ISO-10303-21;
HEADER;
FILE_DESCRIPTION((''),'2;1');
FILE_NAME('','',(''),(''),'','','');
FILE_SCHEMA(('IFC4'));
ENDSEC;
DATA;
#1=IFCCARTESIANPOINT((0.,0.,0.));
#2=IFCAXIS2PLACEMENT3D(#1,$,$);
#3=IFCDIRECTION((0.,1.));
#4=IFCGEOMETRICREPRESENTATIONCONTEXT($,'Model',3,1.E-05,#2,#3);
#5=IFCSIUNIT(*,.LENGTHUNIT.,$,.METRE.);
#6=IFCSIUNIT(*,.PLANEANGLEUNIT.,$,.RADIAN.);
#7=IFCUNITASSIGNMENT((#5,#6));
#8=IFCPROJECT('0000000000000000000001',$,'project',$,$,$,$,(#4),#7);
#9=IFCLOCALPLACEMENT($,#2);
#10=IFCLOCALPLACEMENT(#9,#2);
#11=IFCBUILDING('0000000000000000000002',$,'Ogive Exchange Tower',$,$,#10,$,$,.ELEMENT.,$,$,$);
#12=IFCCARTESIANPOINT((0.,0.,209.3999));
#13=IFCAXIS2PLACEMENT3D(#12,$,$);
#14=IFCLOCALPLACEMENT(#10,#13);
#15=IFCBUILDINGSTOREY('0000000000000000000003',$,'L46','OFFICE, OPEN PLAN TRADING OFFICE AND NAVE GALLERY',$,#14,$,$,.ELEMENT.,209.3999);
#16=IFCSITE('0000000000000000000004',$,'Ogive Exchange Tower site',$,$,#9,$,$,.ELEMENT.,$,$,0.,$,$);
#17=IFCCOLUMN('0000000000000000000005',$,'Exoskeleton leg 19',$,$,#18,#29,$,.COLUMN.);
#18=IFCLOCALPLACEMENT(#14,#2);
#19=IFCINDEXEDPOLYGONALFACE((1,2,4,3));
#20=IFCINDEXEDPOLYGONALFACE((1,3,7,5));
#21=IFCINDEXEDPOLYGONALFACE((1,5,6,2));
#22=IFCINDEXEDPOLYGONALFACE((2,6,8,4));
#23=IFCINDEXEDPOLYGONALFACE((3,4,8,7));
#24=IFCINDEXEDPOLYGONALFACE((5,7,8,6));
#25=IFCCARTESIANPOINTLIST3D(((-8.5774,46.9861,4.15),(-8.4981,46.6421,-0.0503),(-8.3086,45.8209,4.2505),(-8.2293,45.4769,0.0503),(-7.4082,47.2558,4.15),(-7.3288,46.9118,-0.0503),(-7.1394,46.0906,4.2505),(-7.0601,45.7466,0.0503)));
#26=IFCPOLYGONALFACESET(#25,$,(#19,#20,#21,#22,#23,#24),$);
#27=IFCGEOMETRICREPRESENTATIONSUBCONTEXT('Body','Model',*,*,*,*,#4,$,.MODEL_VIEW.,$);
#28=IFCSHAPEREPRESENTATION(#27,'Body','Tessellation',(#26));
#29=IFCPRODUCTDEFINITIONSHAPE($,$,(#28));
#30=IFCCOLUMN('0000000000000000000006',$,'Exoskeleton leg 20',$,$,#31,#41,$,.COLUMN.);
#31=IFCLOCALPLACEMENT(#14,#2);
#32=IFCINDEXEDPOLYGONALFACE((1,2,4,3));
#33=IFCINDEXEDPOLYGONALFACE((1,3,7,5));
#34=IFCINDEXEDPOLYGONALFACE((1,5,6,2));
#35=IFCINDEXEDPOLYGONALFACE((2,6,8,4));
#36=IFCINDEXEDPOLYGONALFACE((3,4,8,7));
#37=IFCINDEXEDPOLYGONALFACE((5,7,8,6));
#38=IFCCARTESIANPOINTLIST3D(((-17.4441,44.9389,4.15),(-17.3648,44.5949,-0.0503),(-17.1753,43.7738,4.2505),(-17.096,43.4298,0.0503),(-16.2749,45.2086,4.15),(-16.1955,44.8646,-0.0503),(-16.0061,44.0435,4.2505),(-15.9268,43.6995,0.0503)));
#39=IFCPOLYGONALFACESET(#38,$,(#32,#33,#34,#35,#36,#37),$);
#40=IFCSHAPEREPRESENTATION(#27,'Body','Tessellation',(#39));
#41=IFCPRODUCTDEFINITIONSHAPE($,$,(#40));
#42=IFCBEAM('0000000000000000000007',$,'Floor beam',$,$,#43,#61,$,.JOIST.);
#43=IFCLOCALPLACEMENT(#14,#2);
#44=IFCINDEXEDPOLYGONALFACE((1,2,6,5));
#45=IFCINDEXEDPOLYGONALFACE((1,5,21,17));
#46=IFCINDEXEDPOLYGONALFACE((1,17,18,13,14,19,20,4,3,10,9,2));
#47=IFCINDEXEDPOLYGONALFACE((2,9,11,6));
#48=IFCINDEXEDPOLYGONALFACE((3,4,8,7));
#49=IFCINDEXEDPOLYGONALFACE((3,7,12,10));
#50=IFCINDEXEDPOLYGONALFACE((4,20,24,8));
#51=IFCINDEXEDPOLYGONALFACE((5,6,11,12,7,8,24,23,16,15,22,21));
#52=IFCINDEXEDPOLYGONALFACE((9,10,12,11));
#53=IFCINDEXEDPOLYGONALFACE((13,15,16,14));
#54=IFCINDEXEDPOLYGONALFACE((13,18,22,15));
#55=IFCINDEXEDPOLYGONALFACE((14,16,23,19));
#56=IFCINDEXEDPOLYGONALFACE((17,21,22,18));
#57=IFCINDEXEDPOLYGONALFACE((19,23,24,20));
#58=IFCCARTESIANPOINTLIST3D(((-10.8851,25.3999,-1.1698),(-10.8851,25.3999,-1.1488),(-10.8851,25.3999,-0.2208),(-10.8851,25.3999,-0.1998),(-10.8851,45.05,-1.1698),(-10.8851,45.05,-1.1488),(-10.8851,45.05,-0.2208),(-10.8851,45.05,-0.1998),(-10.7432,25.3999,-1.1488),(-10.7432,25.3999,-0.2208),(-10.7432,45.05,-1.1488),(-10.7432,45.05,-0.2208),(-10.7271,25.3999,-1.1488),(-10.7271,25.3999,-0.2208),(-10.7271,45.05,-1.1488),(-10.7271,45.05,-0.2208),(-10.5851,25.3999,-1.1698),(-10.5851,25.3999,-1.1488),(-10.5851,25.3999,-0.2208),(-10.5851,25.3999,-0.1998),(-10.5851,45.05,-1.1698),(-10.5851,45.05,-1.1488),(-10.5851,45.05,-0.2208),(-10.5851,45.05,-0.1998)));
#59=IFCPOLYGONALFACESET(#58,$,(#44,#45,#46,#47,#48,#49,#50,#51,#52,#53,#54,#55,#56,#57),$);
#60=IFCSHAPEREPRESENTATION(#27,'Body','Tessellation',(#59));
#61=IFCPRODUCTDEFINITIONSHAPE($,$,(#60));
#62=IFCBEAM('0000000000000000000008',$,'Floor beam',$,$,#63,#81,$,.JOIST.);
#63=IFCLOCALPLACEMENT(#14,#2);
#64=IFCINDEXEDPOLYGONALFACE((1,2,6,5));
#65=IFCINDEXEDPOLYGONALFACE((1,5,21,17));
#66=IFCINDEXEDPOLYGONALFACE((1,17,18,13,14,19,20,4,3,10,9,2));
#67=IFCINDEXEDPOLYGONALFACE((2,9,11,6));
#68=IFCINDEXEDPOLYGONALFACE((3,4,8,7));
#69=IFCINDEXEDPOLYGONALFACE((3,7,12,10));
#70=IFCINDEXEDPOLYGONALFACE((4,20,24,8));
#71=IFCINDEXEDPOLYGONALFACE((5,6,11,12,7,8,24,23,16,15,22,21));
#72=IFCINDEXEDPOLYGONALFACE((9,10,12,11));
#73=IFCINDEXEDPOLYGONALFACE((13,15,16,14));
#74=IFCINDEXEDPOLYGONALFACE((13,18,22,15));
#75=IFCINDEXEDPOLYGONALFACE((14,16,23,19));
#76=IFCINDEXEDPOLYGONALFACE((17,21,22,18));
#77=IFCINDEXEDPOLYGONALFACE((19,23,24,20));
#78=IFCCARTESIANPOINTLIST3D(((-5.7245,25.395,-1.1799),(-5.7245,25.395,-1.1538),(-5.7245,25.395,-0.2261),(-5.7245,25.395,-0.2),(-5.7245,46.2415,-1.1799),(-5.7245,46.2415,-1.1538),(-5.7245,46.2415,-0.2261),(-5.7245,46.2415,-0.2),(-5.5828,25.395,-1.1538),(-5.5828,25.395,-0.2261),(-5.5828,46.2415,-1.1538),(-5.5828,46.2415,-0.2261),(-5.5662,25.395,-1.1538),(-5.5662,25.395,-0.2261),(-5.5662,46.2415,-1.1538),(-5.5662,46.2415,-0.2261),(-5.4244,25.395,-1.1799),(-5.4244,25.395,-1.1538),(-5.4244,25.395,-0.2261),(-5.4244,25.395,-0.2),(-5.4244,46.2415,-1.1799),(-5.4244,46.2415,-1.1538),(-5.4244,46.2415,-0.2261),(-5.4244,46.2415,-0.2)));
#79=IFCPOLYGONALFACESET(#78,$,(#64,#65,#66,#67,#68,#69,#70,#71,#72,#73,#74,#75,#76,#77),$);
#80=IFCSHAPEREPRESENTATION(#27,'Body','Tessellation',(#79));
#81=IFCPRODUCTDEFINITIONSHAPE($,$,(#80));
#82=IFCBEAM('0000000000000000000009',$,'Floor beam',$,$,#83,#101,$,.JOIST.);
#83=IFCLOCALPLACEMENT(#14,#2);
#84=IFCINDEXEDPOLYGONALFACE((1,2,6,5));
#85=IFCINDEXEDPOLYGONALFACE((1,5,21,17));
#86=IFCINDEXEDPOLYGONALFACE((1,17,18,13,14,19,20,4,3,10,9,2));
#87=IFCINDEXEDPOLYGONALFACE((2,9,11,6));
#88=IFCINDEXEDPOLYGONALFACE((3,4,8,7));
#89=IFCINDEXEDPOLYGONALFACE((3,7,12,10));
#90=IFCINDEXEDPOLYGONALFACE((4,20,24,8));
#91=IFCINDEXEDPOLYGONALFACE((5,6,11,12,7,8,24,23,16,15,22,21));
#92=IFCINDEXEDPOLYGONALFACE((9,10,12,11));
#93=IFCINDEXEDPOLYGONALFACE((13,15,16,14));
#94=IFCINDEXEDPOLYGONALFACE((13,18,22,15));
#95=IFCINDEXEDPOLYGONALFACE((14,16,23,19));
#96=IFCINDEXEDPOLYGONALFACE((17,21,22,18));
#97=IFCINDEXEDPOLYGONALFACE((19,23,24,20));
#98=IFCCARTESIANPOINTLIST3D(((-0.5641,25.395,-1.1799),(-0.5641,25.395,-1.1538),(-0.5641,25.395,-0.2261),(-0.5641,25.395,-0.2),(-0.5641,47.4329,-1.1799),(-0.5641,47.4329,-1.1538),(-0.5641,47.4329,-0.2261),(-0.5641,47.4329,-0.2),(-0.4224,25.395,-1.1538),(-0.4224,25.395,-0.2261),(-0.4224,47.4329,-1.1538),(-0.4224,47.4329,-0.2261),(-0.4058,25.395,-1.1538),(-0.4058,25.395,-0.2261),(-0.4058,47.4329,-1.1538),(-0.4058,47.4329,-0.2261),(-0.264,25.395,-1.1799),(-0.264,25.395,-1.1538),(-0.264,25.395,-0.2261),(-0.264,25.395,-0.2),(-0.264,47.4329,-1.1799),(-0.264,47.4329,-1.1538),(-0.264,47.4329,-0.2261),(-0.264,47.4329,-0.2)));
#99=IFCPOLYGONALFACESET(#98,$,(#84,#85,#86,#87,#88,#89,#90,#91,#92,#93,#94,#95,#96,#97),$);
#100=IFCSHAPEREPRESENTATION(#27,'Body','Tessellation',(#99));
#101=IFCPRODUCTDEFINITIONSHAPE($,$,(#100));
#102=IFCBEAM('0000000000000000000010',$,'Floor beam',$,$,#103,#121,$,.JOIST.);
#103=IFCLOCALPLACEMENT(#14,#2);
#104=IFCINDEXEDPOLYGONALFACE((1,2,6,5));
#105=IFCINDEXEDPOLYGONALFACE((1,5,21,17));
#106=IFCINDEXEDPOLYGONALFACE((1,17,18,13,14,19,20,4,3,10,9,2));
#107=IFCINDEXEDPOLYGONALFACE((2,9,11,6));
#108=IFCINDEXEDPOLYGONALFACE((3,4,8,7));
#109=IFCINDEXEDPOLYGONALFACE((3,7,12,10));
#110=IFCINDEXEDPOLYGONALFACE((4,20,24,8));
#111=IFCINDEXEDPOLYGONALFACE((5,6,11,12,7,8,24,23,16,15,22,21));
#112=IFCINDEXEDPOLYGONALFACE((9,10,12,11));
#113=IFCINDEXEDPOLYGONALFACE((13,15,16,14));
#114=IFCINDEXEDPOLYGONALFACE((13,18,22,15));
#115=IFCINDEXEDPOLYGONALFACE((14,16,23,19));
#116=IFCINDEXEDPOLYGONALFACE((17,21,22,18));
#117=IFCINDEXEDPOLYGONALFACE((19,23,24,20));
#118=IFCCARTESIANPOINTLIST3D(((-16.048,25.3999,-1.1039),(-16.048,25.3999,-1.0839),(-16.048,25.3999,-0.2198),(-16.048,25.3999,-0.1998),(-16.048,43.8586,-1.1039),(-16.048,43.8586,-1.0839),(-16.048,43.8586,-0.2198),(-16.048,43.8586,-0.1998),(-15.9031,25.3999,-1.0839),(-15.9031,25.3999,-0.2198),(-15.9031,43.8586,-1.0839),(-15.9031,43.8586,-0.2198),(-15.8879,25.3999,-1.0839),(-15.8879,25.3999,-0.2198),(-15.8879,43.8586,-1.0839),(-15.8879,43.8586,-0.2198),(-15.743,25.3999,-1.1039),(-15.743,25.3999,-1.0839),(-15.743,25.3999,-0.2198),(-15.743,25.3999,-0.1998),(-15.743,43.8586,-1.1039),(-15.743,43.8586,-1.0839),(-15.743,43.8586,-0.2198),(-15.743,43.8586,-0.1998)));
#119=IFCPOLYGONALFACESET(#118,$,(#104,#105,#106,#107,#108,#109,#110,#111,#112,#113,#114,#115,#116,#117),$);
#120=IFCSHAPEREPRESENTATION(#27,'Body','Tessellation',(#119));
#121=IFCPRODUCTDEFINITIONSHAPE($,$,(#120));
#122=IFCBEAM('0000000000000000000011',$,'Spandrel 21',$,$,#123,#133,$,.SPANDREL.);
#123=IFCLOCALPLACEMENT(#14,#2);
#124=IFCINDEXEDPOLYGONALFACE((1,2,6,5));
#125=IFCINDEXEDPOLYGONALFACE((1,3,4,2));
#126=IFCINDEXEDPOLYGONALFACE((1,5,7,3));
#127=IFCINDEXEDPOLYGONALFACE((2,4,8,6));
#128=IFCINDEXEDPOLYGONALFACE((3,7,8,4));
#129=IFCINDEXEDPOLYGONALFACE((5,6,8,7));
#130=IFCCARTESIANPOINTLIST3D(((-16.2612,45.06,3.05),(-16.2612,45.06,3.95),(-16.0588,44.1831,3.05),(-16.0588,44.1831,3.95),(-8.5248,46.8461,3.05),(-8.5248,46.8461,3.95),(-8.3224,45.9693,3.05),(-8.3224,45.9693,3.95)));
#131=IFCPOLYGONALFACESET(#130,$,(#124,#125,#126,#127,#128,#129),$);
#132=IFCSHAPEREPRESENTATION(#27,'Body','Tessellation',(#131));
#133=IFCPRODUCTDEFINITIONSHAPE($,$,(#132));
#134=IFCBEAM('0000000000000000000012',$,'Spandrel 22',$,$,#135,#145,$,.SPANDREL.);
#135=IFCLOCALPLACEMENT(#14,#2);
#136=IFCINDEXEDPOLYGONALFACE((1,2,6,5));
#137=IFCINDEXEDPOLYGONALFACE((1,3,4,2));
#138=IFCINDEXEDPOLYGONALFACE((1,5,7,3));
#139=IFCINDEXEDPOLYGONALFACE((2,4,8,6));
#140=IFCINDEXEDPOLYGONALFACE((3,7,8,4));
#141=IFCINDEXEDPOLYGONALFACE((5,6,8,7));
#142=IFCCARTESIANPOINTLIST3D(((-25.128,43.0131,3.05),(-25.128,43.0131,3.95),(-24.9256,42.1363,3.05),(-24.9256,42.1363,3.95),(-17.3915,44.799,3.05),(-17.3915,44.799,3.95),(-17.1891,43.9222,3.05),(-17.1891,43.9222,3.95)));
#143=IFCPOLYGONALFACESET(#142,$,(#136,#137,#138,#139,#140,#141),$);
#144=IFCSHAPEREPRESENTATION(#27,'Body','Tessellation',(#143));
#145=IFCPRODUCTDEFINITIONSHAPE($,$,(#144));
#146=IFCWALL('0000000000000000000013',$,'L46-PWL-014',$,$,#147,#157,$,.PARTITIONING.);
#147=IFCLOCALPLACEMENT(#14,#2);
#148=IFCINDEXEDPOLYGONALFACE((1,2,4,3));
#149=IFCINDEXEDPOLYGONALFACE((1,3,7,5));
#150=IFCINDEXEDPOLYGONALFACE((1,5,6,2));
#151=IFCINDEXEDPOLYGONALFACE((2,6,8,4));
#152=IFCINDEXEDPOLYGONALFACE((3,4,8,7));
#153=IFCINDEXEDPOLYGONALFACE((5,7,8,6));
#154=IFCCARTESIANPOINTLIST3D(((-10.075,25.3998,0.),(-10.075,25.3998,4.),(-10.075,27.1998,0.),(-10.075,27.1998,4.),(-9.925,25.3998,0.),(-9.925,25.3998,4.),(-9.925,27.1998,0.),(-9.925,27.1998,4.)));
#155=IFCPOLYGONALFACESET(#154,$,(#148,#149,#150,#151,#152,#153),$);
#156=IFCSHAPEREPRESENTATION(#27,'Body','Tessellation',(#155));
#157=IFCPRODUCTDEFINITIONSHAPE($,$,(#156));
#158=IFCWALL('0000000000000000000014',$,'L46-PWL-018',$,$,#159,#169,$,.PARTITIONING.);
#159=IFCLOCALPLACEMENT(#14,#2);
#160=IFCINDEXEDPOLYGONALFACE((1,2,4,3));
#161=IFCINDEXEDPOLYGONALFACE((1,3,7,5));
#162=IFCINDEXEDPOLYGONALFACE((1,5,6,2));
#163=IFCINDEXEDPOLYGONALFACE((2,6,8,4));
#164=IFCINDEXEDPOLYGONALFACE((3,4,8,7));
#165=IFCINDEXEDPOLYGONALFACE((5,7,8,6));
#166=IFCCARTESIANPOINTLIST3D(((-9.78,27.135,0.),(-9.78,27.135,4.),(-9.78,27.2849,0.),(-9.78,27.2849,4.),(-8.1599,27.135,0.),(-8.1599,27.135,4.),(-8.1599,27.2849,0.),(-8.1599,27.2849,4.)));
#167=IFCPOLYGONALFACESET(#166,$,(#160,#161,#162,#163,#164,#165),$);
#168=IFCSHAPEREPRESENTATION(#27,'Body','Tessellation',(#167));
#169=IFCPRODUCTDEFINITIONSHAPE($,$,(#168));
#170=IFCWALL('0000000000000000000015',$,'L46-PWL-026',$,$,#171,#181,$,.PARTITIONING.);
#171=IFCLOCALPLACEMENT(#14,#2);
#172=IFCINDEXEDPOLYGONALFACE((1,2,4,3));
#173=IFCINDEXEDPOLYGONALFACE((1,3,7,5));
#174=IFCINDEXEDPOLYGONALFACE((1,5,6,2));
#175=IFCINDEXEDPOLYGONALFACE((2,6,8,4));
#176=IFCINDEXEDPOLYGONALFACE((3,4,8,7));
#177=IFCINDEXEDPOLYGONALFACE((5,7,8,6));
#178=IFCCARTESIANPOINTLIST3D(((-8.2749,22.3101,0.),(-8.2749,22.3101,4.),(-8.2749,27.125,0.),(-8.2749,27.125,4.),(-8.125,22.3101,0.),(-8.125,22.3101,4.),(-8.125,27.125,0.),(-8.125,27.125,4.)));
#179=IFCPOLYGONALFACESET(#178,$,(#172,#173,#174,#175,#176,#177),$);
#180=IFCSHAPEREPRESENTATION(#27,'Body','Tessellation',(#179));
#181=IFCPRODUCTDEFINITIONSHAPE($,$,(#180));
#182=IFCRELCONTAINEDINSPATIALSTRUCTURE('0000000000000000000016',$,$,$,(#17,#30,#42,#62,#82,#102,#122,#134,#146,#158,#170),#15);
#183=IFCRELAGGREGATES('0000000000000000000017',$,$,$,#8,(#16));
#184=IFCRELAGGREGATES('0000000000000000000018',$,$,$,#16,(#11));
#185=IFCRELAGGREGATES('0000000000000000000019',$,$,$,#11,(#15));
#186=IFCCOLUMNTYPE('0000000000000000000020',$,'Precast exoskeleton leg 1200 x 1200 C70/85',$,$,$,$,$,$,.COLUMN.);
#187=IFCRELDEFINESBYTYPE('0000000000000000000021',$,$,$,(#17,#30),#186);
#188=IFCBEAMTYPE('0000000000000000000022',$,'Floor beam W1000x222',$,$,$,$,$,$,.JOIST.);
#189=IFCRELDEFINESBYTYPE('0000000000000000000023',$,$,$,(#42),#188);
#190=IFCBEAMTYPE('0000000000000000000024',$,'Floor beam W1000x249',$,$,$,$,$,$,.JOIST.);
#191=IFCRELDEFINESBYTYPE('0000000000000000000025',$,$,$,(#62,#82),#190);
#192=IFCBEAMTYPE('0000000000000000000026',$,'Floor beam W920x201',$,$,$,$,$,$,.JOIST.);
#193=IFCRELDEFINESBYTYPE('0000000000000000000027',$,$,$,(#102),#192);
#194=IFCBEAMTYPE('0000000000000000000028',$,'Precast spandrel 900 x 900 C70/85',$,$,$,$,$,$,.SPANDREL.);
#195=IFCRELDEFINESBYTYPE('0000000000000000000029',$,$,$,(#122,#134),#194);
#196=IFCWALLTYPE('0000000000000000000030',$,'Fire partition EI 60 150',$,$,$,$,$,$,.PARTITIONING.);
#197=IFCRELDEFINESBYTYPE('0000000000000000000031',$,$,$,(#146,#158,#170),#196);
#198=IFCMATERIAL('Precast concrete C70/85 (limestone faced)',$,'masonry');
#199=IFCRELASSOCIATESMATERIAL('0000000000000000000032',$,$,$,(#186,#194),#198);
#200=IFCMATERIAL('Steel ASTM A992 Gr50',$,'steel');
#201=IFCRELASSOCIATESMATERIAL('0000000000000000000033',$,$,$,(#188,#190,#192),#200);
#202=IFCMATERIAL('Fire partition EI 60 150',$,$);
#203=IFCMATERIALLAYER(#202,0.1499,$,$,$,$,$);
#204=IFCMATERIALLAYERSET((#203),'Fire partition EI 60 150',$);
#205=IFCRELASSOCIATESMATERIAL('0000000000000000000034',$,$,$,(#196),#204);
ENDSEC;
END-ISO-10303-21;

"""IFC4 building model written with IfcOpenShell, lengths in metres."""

from ifc_helpers import new_model, si_unit, direction, frame, frame_2d, origin, origin_2d, place, context, subcontext, project, spatial, rectangle, i_section, extrude, material, layer, layer_set, material_profile, profile_set, type_object, element, save


model = new_model("IFC4")

# Units and contexts
model_context = context("Model", 3, precision=1e-05, world=origin(), true_north=direction((0.0, 1.0)))
body_context = subcontext(model_context, "Body", "Model", "MODEL_VIEW")
ifc_project = project(units=[si_unit("LENGTHUNIT", "METRE"), si_unit("PLANEANGLEUNIT", "RADIAN")], contexts=[model_context])

# Site, building, storey
site_placement = place(None, origin())
site = spatial("IfcSite", under=ifc_project, at=site_placement, Name="Ogive Exchange Tower site", CompositionType="ELEMENT", RefElevation=0.0)
building_placement = place(site_placement, origin())
building = spatial("IfcBuilding", under=site, at=building_placement, Name="Ogive Exchange Tower", CompositionType="ELEMENT")
storey_placement = place(building_placement, frame((0.0, 0.0, 209.3999)))
storey = spatial("IfcBuildingStorey", under=building, at=storey_placement, Name="L46", Description="OFFICE, OPEN PLAN TRADING OFFICE AND NAVE GALLERY", CompositionType="ELEMENT", Elevation=209.3999)

# Columns
ifc_material_1 = material(Name="Precast concrete C70/85 (limestone faced)", Category="masonry")
ifc_material_profile_1 = material_profile(ifc_material_1, rectangle(XDim=1.2, YDim=1.2, at=origin_2d()), Name="1200 x 1200")
ifc_profile_set_1 = profile_set([ifc_material_profile_1], Name="Precast concrete C70/85 (limestone faced)")
column_type = type_object("IfcColumnType", Name="Precast exoskeleton leg 1200 x 1200 C70/85", PredefinedType="COLUMN", material=ifc_profile_set_1)
for number, where, z_axis, x_axis, name in (
    (1, (-7.7791, 46.1943, 0.0), (-0.018825, 0.081612, 0.996486), (-0.974415, -0.224758, 0.0), "Exoskeleton leg 19"),
    (2, (-16.6458, 44.1472, 0.0), (-0.018825, 0.081612, 0.996486), (-0.974415, -0.224758, 0.0), "Exoskeleton leg 20"),
):
    element("IfcColumn", number, at=place(storey_placement, frame(where, z_axis=z_axis, x_axis=x_axis)), inside=storey, type_object=column_type, Name=name, PredefinedType="COLUMN", context=body_context, shape_type="SweptSolid", body=[
        extrude(rectangle(XDim=1.2, YDim=1.2, at=origin_2d()), origin(), (0.0, 0.0, 1.0), 4.2151),
    ])

# Beams
ifc_material_2 = material(Name="Steel ASTM A992 Gr50", Category="steel")
ifc_material_profile_2 = material_profile(ifc_material_2, i_section(OverallWidth=0.3, OverallDepth=0.97, WebThickness=0.0161, FlangeThickness=0.021, at=origin_2d()), Name="W1000x222")
ifc_profile_set_2 = profile_set([ifc_material_profile_2], Name="Steel ASTM A992 Gr50")
beam_type_1 = type_object("IfcBeamType", Name="Floor beam W1000x222", PredefinedType="JOIST", material=ifc_profile_set_2)
beam_1_placement = place(storey_placement, frame((-10.7351, 25.3999, -0.6848), z_axis=(0.0, 1.0, 0.0), x_axis=(-1.0, 0.0, 0.0)))
element("IfcBeam", 3, at=beam_1_placement, inside=storey, type_object=beam_type_1, Name="Floor beam", PredefinedType="JOIST", context=body_context, shape_type="SweptSolid", body=[
    extrude(i_section(OverallWidth=0.3, OverallDepth=0.97, WebThickness=0.0161, FlangeThickness=0.021, at=origin_2d()), origin(), (0.0, 0.0, 1.0), 19.6501),
])
ifc_material_profile_3 = material_profile(ifc_material_2, i_section(OverallWidth=0.3, OverallDepth=0.98, WebThickness=0.0166, FlangeThickness=0.0261, at=origin_2d()), Name="W1000x249")
ifc_profile_set_3 = profile_set([ifc_material_profile_3], Name="Steel ASTM A992 Gr50")
beam_type_2 = type_object("IfcBeamType", Name="Floor beam W1000x249", PredefinedType="JOIST", material=ifc_profile_set_3)
beam_2_placement = place(storey_placement, frame((-5.5745, 25.395, -0.6899), z_axis=(0.0, 1.0, 0.0), x_axis=(-1.0, 0.0, 0.0)))
element("IfcBeam", 4, at=beam_2_placement, inside=storey, type_object=beam_type_2, Name="Floor beam", PredefinedType="JOIST", context=body_context, shape_type="SweptSolid", body=[
    extrude(i_section(OverallWidth=0.3, OverallDepth=0.98, WebThickness=0.0166, FlangeThickness=0.0261, at=origin_2d()), origin(), (0.0, 0.0, 1.0), 20.8464),
])
beam_3_placement = place(storey_placement, frame((-0.4141, 25.395, -0.6899), z_axis=(0.0, 1.0, 0.0), x_axis=(-1.0, 0.0, 0.0)))
element("IfcBeam", 5, at=beam_3_placement, inside=storey, type_object=beam_type_2, Name="Floor beam", PredefinedType="JOIST", context=body_context, shape_type="SweptSolid", body=[
    extrude(i_section(OverallWidth=0.3, OverallDepth=0.98, WebThickness=0.0166, FlangeThickness=0.0261, at=origin_2d()), origin(), (0.0, 0.0, 1.0), 22.0378),
])
ifc_material_profile_4 = material_profile(ifc_material_2, i_section(OverallWidth=0.3049, OverallDepth=0.9041, WebThickness=0.0151, FlangeThickness=0.02, at=origin_2d()), Name="W920x201")
ifc_profile_set_4 = profile_set([ifc_material_profile_4], Name="Steel ASTM A992 Gr50")
beam_type_3 = type_object("IfcBeamType", Name="Floor beam W920x201", PredefinedType="JOIST", material=ifc_profile_set_4)
beam_4_placement = place(storey_placement, frame((-15.8955, 25.3999, -0.6519), z_axis=(0.0, 1.0, 0.0), x_axis=(-1.0, 0.0, 0.0)))
element("IfcBeam", 6, at=beam_4_placement, inside=storey, type_object=beam_type_3, Name="Floor beam", PredefinedType="JOIST", context=body_context, shape_type="SweptSolid", body=[
    extrude(i_section(OverallWidth=0.3049, OverallDepth=0.9041, WebThickness=0.0151, FlangeThickness=0.02, at=origin_2d()), origin(), (0.0, 0.0, 1.0), 18.4587),
])
ifc_material_profile_5 = material_profile(ifc_material_1, rectangle(XDim=0.8999, YDim=0.8999, at=origin_2d()), Name="900 x 900")
ifc_profile_set_5 = profile_set([ifc_material_profile_5], Name="Precast concrete C70/85 (limestone faced)")
beam_type_4 = type_object("IfcBeamType", Name="Precast spandrel 900 x 900 C70/85", PredefinedType="SPANDREL", material=ifc_profile_set_5)
for number, where, z_axis, x_axis, name in (
    (7, (-8.4236, 46.4077, 3.5), (-0.974368, -0.224958, 0.0), (0.224958, -0.974368, 0.0), "Spandrel 21"),
    (8, (-17.2903, 44.3606, 3.5), (-0.974377, -0.224922, 0.0), (0.224922, -0.974377, 0.0), "Spandrel 22"),
):
    element("IfcBeam", number, at=place(storey_placement, frame(where, z_axis=z_axis, x_axis=x_axis)), inside=storey, type_object=beam_type_4, Name=name, PredefinedType="SPANDREL", context=body_context, shape_type="SweptSolid", body=[
        extrude(rectangle(XDim=0.8999, YDim=0.8999, at=origin_2d()), origin(), (0.0, 0.0, 1.0), 7.9399),
    ])

# Walls
ifc_material_3 = material(Name="Fire partition EI 60 150")
ifc_layer_1 = layer(ifc_material_3, 0.1499)
ifc_layer_set_1 = layer_set([ifc_layer_1], Name="Fire partition EI 60 150")
wall_type_1 = type_object("IfcWallType", Name="Fire partition EI 60 150", PredefinedType="PARTITIONING", material=ifc_layer_set_1)
wall_1_placement = place(storey_placement, frame((-10.0, 25.3999, 0.0), z_axis=(0.0, 0.0, 1.0), x_axis=(0.0, 1.0, 0.0)))
element("IfcWall", 9, at=wall_1_placement, inside=storey, type_object=wall_type_1, Name="L46-PWL-014", PredefinedType="PARTITIONING", context=body_context, shape_type="SweptSolid", body=[
    extrude(rectangle(XDim=1.8, YDim=0.1499, at=frame_2d((0.8999, 0.0))), origin(), (0.0, 0.0, 1.0), 4.0),
])
wall_2_placement = place(storey_placement, frame((-9.78, 27.21, 0.0), z_axis=(0.0, 0.0, 1.0), x_axis=(1.0, 0.0, 0.0)))
element("IfcWall", 10, at=wall_2_placement, inside=storey, type_object=wall_type_1, Name="L46-PWL-018", PredefinedType="PARTITIONING", context=body_context, shape_type="SweptSolid", body=[
    extrude(rectangle(XDim=1.6201, YDim=0.1499, at=frame_2d((0.8101, 0.0))), origin(), (0.0, 0.0, 1.0), 4.0),
])
wall_3_placement = place(storey_placement, frame((-8.2, 27.125, 0.0), z_axis=(0.0, 0.0, 1.0), x_axis=(0.0, -1.0, 0.0)))
element("IfcWall", 11, at=wall_3_placement, inside=storey, type_object=wall_type_1, Name="L46-PWL-026", PredefinedType="PARTITIONING", context=body_context, shape_type="SweptSolid", body=[
    extrude(rectangle(XDim=4.8149, YDim=0.1499, at=frame_2d((2.4075, 0.0))), origin(), (0.0, 0.0, 1.0), 4.0),
])

save(model, "model.ifc")
